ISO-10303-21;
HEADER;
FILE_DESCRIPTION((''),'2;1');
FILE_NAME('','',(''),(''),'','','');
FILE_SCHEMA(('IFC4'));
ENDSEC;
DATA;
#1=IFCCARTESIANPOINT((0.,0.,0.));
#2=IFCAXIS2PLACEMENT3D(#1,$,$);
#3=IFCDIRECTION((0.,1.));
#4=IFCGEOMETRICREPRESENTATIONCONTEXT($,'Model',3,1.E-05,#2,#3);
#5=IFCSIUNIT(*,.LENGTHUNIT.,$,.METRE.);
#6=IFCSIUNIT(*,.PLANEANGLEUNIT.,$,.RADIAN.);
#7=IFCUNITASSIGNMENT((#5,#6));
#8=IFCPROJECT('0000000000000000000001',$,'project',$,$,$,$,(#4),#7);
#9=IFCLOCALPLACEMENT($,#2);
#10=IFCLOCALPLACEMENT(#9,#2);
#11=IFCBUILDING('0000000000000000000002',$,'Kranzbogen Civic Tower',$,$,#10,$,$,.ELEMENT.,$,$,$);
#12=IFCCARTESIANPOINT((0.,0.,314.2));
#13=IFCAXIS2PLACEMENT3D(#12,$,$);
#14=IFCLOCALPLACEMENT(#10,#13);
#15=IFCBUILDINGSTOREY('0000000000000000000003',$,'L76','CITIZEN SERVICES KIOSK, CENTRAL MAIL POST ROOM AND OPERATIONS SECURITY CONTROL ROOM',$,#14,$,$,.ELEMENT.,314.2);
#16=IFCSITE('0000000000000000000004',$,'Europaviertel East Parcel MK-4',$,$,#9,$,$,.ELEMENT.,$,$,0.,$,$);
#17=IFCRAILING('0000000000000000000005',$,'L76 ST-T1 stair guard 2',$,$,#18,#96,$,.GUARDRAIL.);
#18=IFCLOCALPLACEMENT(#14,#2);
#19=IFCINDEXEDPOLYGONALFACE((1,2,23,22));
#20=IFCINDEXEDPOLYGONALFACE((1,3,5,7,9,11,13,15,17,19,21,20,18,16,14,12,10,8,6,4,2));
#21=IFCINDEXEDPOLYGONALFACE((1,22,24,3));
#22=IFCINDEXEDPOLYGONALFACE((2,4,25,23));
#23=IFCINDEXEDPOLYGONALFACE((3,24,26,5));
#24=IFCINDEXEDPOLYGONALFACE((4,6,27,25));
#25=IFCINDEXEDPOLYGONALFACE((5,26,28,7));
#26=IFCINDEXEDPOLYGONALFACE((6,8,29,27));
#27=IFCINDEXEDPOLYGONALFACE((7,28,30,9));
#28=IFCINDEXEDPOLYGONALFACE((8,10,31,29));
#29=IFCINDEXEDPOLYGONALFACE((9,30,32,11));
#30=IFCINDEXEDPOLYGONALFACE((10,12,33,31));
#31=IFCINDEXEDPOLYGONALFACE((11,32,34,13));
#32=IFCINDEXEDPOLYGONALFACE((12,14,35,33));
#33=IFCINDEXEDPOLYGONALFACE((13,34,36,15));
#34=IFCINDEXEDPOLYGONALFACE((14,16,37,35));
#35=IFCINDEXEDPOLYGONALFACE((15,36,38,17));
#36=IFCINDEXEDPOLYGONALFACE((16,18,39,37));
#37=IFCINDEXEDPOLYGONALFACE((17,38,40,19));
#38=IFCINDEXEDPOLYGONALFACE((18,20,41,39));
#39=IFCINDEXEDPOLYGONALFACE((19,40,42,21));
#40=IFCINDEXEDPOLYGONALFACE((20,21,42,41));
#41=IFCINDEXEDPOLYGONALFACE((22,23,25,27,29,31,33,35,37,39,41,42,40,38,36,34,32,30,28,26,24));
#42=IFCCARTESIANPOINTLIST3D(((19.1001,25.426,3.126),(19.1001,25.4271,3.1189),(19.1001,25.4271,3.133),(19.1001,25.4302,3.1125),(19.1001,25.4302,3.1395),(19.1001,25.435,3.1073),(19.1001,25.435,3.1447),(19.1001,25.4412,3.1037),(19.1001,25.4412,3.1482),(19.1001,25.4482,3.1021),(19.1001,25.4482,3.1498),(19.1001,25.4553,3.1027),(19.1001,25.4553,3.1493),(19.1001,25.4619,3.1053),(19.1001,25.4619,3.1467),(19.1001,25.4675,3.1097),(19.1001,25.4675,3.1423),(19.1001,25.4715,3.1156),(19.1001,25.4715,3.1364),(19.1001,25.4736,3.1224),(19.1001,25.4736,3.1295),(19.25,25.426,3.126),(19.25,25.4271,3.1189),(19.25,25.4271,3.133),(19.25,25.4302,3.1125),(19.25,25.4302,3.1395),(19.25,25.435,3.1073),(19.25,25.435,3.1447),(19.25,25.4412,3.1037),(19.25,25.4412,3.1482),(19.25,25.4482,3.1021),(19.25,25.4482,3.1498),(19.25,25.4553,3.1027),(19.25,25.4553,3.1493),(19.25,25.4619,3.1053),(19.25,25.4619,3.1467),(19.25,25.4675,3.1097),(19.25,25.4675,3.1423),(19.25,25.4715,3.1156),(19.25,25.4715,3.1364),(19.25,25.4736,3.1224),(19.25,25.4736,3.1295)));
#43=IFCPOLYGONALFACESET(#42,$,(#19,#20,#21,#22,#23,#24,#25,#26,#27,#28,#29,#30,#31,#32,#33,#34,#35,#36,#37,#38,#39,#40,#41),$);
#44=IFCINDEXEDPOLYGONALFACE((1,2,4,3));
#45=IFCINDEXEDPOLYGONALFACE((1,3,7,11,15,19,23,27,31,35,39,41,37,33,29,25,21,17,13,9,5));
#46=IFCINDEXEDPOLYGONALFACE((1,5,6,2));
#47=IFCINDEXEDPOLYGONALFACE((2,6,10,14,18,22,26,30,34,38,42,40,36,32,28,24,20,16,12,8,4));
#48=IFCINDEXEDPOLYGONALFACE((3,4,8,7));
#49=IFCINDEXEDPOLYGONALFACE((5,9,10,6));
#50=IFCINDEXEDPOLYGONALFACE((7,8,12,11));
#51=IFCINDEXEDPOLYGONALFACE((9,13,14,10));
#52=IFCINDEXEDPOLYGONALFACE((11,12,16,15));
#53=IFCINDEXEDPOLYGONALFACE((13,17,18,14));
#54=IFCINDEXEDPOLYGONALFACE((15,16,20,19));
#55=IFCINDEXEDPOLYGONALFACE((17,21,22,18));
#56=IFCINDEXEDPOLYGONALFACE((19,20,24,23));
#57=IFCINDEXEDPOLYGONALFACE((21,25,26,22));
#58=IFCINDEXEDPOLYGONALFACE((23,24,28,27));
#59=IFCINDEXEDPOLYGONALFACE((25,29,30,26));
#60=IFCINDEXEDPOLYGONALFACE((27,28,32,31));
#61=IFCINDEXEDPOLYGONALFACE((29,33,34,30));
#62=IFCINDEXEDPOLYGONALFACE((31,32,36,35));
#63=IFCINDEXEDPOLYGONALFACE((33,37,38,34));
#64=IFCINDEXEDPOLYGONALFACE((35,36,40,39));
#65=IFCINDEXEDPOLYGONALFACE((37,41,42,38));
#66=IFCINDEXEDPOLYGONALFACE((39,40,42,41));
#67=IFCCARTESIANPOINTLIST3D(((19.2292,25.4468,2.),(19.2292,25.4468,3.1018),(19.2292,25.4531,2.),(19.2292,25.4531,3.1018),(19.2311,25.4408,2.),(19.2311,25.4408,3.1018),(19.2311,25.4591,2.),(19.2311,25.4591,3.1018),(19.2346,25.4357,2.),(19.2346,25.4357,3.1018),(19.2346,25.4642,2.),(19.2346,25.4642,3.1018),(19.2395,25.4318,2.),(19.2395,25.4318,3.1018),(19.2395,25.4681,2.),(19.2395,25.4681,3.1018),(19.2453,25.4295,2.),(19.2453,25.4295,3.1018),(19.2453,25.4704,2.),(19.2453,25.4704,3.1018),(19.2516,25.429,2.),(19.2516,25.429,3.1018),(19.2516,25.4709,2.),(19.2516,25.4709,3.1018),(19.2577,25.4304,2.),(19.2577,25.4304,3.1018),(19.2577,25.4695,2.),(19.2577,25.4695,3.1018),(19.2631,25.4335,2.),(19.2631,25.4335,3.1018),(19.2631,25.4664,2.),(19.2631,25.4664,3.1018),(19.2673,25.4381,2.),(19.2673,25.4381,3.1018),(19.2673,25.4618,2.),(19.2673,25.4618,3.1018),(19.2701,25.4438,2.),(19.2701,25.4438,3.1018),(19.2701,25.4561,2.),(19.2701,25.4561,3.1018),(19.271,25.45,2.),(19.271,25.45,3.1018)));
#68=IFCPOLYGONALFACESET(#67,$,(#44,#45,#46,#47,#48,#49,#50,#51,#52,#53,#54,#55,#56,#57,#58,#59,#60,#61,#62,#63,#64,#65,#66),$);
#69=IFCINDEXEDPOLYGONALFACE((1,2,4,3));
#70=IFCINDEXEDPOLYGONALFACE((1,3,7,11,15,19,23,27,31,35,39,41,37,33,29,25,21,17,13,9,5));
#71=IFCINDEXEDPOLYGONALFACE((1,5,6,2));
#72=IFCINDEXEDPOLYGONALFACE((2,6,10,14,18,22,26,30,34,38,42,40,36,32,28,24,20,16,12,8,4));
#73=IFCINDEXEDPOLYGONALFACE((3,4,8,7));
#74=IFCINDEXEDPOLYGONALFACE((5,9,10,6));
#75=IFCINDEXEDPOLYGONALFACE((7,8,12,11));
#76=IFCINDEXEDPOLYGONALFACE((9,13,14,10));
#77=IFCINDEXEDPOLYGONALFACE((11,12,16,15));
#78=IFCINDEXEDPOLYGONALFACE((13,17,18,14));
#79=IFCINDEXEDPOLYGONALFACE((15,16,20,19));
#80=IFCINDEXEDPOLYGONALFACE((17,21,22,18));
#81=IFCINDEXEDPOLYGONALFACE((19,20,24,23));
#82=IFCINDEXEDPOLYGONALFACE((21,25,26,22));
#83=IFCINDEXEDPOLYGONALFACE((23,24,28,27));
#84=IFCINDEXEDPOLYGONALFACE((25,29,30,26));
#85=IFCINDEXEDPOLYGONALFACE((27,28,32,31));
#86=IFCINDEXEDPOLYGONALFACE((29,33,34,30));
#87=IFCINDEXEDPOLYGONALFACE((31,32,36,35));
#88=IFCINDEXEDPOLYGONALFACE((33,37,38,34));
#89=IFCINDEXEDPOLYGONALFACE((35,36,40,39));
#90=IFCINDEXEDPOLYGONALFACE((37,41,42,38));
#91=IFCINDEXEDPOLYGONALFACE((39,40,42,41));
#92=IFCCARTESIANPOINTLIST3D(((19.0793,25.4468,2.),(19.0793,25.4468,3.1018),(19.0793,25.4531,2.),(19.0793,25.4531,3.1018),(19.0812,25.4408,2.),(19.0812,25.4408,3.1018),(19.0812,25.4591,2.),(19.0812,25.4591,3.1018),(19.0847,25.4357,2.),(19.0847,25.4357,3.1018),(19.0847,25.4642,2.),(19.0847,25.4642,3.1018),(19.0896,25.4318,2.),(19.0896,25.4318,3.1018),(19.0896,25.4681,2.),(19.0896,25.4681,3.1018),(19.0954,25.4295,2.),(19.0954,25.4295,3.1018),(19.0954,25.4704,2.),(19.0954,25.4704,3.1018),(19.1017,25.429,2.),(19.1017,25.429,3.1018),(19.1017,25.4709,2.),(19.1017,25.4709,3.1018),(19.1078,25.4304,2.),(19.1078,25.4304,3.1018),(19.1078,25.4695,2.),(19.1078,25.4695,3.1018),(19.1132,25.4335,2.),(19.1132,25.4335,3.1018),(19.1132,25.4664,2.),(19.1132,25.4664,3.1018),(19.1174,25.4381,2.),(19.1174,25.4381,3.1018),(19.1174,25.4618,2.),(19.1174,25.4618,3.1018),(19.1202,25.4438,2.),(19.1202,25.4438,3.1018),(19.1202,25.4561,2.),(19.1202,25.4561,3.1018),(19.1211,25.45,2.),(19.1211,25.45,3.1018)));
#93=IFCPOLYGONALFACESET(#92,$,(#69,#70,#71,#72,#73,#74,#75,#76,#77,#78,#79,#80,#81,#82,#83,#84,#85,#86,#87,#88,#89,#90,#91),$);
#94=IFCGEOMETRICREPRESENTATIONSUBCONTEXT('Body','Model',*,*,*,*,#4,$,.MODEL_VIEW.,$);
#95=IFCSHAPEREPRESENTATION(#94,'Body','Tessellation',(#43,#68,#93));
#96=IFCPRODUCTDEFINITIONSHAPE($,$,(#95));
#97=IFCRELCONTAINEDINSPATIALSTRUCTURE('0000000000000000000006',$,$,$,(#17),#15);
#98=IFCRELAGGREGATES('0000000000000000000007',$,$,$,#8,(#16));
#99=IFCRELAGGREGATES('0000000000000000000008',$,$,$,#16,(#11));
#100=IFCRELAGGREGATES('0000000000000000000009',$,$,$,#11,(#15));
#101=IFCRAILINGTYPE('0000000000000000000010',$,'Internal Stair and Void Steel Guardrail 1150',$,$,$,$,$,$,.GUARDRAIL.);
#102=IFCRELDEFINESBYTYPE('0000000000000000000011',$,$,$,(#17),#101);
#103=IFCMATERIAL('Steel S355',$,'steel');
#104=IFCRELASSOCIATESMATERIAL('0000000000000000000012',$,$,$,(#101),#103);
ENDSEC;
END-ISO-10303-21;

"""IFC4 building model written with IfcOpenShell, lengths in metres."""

from ifc_helpers import new_model, si_unit, direction, frame, origin, origin_2d, place, context, subcontext, project, spatial, circle, extrude, material, type_object, element, save


model = new_model("IFC4")

# Units and contexts
model_context = context("Model", 3, precision=1e-05, world=origin(), true_north=direction((0.0, 1.0)))
body_context = subcontext(model_context, "Body", "Model", "MODEL_VIEW")
ifc_project = project(units=[si_unit("LENGTHUNIT", "METRE"), si_unit("PLANEANGLEUNIT", "RADIAN")], contexts=[model_context])

# Site, building, storey
site_placement = place(None, origin())
site = spatial("IfcSite", under=ifc_project, at=site_placement, Name="Europaviertel East Parcel MK-4", CompositionType="ELEMENT", RefElevation=0.0)
building_placement = place(site_placement, origin())
building = spatial("IfcBuilding", under=site, at=building_placement, Name="Kranzbogen Civic Tower", CompositionType="ELEMENT")
storey_placement = place(building_placement, frame((0.0, 0.0, 314.2)))
storey = spatial("IfcBuildingStorey", under=building, at=storey_placement, Name="L76", Description="CITIZEN SERVICES KIOSK, CENTRAL MAIL POST ROOM AND OPERATIONS SECURITY CONTROL ROOM", CompositionType="ELEMENT", Elevation=314.2)

# Shared definitions
ifc_material_1 = material(Name="Steel S355", Category="steel")

# Railing
railing_type_1 = type_object("IfcRailingType", Name="Internal Stair and Void Steel Guardrail 1150", PredefinedType="GUARDRAIL", material=ifc_material_1)
railing_1_placement = place(storey_placement, frame((19.25, 25.45, 2.0)))
element("IfcRailing", 1, at=railing_1_placement, inside=storey, type_object=railing_type_1, Name="L76 ST-T1 stair guard 2", PredefinedType="GUARDRAIL", context=body_context, shape_type="SweptSolid", body=[
    extrude(circle(Radius=0.0239, at=origin_2d()), frame((0.0, 0.0, 1.126), z_axis=(-1.0, 0.0, 0.0), x_axis=(0.0, -1.0, 0.0)), (0.0, 0.0, 1.0), 0.1499),
    extrude(circle(Radius=0.021, at=origin_2d()), origin(), (0.0, 0.0, 1.0), 1.1018),
    extrude(circle(Radius=0.021, at=origin_2d()), frame((-0.1499, 0.0, 0.0)), (0.0, 0.0, 1.0), 1.1018),
])

save(model, "model.ifc")
